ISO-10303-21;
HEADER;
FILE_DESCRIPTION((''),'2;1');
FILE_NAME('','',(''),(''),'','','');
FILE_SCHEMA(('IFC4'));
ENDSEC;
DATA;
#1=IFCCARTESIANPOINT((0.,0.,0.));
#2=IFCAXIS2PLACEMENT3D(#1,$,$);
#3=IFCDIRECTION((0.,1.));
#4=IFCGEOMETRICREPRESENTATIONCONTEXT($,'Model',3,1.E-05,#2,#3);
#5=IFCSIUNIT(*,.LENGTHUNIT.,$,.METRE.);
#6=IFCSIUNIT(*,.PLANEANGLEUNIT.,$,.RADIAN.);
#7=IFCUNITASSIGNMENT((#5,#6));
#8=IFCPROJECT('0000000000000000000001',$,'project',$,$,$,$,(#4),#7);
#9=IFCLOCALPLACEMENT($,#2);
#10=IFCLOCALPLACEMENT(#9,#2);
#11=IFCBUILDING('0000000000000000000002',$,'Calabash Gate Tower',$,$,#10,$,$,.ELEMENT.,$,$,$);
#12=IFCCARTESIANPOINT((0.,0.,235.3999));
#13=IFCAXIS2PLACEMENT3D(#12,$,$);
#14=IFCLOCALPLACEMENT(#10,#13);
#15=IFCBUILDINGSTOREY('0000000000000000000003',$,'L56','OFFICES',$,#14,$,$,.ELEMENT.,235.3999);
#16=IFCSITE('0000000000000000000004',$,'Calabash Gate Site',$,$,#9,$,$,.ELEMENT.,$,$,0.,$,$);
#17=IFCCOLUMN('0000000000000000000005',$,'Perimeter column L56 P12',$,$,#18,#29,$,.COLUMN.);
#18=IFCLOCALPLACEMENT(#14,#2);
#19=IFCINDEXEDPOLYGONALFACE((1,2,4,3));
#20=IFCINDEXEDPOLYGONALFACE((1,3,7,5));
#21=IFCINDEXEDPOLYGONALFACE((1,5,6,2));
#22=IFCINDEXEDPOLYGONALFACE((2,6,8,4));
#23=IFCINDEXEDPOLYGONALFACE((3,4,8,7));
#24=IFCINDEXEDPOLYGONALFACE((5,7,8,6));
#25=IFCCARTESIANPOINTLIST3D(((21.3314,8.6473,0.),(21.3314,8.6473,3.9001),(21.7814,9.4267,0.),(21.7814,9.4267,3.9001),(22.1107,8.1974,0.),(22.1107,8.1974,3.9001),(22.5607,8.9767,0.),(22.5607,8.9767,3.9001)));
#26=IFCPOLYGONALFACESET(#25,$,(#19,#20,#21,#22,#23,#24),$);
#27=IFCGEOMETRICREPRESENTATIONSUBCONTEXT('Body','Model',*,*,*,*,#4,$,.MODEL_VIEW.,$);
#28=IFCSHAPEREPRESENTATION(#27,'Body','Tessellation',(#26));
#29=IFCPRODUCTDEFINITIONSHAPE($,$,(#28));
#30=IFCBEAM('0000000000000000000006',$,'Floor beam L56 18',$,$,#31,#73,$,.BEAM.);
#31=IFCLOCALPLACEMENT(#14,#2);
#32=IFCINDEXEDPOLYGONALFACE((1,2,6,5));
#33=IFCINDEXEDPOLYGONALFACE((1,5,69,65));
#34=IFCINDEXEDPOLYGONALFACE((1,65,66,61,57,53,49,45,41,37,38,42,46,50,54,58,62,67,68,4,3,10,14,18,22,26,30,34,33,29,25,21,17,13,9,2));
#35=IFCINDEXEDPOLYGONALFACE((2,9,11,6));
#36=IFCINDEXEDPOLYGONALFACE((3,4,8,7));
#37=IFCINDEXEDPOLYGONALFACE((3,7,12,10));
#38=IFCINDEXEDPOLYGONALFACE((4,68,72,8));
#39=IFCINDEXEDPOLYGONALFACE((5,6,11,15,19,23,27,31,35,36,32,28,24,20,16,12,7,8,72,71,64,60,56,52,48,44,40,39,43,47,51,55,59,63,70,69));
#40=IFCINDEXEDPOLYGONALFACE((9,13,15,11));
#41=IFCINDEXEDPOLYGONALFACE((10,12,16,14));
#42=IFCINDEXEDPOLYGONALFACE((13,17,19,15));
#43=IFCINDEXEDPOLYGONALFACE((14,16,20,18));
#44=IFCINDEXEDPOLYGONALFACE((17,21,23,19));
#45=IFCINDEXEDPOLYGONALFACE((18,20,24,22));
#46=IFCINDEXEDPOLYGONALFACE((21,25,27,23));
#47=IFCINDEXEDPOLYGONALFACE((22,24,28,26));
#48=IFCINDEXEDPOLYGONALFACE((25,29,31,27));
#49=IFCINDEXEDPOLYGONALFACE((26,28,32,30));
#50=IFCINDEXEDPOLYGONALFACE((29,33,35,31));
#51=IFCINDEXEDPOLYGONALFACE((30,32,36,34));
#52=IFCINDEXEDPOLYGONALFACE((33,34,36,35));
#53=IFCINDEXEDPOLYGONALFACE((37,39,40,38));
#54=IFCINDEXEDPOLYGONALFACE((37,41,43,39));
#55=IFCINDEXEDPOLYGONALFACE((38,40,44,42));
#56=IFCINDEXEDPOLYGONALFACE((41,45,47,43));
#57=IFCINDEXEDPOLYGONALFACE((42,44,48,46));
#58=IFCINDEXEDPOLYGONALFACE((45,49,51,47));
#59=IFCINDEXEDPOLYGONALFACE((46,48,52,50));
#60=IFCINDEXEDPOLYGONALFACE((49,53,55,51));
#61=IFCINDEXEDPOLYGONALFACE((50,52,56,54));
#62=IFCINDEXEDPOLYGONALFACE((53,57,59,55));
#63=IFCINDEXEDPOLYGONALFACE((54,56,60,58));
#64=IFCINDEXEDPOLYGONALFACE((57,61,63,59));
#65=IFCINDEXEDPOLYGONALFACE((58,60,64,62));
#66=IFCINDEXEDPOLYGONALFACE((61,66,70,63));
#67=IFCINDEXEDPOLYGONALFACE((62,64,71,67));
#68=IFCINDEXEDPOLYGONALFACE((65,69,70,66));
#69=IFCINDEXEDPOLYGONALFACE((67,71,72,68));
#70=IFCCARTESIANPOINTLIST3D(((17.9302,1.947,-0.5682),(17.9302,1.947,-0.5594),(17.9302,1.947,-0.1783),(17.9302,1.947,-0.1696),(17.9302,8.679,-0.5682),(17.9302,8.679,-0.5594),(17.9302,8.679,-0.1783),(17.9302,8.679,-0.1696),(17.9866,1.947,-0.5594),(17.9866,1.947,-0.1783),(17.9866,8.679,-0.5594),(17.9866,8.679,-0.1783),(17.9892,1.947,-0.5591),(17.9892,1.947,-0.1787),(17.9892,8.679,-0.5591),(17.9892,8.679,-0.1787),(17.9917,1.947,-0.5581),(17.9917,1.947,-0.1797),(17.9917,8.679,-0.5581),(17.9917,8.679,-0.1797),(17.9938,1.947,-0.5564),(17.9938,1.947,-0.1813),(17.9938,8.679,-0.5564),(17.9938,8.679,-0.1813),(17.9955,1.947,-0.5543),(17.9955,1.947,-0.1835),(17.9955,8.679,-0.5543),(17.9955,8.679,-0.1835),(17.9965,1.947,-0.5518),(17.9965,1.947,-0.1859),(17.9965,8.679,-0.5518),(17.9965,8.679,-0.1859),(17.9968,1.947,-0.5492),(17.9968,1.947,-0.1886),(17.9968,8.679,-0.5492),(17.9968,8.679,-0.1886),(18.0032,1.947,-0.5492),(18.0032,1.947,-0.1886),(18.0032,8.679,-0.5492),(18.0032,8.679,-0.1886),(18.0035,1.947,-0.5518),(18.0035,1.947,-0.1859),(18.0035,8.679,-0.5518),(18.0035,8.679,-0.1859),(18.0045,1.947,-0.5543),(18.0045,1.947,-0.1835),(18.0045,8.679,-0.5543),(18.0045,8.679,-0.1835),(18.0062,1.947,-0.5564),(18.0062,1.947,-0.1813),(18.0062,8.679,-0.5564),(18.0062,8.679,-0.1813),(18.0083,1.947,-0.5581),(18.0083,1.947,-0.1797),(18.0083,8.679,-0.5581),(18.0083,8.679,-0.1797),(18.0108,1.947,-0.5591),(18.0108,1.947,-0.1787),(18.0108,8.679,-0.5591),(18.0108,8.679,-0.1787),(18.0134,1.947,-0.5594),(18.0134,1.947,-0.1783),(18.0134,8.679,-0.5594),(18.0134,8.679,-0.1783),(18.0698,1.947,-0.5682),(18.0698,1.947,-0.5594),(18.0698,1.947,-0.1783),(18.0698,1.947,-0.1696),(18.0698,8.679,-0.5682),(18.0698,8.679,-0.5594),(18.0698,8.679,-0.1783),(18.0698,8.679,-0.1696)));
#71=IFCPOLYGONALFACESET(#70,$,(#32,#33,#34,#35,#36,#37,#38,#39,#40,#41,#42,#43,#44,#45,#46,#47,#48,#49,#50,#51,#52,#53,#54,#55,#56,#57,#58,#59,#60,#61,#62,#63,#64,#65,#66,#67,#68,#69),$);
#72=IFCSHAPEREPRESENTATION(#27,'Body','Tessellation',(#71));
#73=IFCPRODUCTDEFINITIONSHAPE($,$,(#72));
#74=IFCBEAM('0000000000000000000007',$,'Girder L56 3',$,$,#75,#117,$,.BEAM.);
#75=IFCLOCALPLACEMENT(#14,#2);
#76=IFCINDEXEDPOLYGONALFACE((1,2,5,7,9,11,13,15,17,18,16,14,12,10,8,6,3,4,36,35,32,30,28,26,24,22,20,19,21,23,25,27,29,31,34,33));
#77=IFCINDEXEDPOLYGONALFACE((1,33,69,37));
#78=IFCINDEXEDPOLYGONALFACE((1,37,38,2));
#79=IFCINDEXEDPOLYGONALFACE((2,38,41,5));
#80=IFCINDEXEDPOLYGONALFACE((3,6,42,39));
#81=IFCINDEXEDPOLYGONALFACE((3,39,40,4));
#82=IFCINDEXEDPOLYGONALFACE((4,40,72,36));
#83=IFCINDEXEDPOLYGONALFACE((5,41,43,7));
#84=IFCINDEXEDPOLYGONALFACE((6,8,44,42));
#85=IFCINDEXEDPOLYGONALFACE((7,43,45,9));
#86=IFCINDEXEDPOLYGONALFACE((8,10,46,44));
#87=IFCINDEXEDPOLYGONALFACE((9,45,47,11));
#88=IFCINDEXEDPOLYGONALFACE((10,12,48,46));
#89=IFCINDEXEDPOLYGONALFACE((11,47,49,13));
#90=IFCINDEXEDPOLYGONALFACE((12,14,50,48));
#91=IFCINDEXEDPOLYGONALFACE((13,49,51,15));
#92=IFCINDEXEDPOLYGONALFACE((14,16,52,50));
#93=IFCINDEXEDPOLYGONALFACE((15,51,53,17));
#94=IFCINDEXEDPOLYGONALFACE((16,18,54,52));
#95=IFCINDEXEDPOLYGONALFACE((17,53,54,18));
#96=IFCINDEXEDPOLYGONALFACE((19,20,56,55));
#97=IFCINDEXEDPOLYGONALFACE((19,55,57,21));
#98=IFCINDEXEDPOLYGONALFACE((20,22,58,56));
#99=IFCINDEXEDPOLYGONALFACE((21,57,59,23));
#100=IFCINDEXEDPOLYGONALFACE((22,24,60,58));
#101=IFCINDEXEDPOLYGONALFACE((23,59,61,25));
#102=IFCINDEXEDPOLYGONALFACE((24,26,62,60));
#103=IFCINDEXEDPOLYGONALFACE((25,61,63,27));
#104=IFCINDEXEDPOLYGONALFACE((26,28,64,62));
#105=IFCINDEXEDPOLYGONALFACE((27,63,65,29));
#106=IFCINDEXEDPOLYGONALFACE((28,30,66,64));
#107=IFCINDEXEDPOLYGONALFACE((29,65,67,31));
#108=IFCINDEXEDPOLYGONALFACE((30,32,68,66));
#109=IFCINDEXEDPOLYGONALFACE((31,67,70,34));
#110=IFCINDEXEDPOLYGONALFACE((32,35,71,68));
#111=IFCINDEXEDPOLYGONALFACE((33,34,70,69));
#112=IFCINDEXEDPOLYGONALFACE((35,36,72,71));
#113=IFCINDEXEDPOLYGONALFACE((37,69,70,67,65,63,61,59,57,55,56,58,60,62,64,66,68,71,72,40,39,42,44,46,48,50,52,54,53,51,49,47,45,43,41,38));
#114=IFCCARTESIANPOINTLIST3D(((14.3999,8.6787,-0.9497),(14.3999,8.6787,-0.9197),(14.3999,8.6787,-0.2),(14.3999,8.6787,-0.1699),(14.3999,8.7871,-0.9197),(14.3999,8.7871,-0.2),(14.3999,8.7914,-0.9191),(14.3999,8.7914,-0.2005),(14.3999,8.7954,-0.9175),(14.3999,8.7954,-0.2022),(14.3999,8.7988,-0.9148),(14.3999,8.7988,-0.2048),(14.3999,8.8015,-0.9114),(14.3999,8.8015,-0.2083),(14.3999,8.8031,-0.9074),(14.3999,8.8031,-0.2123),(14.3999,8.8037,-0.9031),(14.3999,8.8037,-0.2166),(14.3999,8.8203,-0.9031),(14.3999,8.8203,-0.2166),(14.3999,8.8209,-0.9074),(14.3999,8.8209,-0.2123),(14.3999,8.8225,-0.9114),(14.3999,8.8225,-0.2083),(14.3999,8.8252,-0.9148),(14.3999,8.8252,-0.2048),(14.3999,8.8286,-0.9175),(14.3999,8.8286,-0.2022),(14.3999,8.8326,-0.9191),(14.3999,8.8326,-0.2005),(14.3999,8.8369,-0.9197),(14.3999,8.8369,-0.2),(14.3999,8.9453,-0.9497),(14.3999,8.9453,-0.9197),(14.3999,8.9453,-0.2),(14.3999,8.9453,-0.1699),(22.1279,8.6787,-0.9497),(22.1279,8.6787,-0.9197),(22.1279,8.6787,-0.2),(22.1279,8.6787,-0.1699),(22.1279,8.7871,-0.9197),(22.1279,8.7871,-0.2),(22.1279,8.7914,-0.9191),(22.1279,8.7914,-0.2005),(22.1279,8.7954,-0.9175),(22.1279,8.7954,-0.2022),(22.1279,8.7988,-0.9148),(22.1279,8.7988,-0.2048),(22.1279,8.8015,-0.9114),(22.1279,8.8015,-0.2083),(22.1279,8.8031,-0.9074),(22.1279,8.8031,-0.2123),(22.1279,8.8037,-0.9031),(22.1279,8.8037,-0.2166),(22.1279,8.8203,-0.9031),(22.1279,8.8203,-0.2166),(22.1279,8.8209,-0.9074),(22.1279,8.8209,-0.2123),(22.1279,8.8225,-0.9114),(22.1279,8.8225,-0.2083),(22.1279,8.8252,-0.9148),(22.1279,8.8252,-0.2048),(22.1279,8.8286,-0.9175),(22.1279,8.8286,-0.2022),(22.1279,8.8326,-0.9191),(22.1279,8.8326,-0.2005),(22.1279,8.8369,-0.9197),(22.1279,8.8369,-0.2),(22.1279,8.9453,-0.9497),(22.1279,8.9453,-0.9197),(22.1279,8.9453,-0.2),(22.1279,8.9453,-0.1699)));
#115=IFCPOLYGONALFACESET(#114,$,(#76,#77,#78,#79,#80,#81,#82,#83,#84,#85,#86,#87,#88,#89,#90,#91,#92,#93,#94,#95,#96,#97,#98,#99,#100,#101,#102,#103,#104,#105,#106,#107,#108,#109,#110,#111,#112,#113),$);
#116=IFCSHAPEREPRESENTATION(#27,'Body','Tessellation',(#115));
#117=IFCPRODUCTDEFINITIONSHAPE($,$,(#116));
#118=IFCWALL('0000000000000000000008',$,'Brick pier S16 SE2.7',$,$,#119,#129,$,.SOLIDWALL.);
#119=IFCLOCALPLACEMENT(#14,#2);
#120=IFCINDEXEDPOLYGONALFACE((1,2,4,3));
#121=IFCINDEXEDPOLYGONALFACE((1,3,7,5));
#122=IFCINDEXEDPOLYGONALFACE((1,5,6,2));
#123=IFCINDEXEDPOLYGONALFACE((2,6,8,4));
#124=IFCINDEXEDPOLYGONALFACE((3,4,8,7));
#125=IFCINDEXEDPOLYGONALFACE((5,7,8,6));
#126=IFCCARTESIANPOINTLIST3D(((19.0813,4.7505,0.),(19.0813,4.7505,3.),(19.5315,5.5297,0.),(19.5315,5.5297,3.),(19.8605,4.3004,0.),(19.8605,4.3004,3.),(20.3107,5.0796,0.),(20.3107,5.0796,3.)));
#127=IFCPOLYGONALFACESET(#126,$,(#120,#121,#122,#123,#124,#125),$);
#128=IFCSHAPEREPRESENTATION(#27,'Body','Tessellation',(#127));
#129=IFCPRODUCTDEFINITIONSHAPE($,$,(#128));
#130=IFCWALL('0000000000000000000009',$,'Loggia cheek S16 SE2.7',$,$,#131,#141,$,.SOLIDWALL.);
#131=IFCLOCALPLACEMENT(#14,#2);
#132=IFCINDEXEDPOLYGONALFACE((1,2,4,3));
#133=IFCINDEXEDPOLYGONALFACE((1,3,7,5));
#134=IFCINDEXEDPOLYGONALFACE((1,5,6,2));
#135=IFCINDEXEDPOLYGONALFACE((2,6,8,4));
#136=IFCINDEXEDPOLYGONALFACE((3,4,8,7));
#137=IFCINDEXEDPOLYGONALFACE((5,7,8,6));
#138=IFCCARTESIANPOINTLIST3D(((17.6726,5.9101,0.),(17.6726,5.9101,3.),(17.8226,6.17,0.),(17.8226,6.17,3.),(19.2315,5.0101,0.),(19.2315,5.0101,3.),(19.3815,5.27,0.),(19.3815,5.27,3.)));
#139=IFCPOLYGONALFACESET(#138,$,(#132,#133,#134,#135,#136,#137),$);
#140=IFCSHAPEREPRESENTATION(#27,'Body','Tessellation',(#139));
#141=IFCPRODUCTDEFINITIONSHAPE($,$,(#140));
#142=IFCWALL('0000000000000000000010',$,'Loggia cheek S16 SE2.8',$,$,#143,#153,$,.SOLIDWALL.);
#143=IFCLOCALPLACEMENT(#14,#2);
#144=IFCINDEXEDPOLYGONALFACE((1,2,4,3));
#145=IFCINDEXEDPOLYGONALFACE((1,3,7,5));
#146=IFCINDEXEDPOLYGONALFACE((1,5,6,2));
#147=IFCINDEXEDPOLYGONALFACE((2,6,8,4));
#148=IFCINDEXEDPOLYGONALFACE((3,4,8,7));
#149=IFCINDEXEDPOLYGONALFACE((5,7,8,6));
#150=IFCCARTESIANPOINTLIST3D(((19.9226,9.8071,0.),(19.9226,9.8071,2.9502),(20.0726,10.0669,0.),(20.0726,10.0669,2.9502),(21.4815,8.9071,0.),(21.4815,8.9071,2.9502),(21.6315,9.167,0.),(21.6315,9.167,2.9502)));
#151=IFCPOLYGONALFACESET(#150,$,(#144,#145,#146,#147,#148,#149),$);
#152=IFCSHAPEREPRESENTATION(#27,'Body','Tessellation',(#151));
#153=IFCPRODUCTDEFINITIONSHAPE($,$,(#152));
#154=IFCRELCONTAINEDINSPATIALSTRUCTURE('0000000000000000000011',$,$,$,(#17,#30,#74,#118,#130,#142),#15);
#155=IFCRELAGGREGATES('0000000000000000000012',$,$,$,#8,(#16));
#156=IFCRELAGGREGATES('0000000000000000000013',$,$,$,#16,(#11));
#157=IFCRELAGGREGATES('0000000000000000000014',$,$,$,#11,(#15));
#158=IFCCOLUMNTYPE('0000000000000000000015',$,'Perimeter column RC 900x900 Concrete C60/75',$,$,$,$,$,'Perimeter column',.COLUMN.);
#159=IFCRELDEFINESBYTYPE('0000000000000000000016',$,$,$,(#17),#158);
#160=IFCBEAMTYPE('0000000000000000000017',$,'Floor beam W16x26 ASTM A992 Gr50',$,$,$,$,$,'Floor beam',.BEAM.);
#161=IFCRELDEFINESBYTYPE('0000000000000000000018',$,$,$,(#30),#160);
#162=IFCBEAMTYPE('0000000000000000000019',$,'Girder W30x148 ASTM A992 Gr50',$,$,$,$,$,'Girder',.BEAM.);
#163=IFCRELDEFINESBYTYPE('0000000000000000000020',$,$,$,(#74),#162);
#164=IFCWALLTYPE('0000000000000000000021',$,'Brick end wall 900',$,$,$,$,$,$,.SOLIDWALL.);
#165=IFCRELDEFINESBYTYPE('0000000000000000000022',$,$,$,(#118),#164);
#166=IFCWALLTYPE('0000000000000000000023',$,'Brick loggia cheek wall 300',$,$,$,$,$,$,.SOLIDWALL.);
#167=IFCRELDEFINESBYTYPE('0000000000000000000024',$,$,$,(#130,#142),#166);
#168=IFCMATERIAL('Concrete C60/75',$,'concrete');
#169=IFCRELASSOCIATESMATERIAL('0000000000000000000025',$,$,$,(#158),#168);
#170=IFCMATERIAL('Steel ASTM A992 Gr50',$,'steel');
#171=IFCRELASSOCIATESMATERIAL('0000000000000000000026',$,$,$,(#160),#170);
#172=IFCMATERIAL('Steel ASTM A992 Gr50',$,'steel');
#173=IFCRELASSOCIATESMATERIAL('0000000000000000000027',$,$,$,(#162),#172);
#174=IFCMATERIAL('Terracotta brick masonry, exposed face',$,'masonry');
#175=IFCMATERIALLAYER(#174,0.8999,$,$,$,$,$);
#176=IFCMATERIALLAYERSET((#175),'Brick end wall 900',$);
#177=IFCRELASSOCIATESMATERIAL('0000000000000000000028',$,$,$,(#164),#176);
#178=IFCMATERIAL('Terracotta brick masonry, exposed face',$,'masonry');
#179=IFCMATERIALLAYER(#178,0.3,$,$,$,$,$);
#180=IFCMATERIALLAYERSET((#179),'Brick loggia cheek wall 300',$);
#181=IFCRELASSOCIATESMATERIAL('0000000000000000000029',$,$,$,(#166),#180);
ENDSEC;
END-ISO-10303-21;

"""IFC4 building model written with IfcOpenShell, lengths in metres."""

from ifc_helpers import new_model, si_unit, direction, frame, frame_2d, origin, origin_2d, place, context, subcontext, project, spatial, rectangle, i_section, extrude, material, layer, layer_set, material_profile, profile_set, type_object, element, save


model = new_model("IFC4")

# Units and contexts
model_context = context("Model", 3, precision=1e-05, world=origin(), true_north=direction((0.0, 1.0)))
body_context = subcontext(model_context, "Body", "Model", "MODEL_VIEW")
ifc_project = project(units=[si_unit("LENGTHUNIT", "METRE"), si_unit("PLANEANGLEUNIT", "RADIAN")], contexts=[model_context])

# Site, building, storey
site_placement = place(None, origin())
site = spatial("IfcSite", under=ifc_project, at=site_placement, Name="Calabash Gate Site", CompositionType="ELEMENT", RefElevation=0.0)
building_placement = place(site_placement, origin())
building = spatial("IfcBuilding", under=site, at=building_placement, Name="Calabash Gate Tower", CompositionType="ELEMENT")
storey_placement = place(building_placement, frame((0.0, 0.0, 235.3999)))
storey = spatial("IfcBuildingStorey", under=building, at=storey_placement, Name="L56", Description="OFFICES", CompositionType="ELEMENT", Elevation=235.3999)

# Column
ifc_material_1 = material(Name="Concrete C60/75", Category="concrete")
ifc_material_profile_1 = material_profile(ifc_material_1, rectangle(XDim=0.8999, YDim=0.8999, at=origin_2d()))
ifc_profile_set_1 = profile_set([ifc_material_profile_1], Name="Concrete C60/75")
column_type = type_object("IfcColumnType", Name="Perimeter column RC 900x900 Concrete C60/75", ElementType="Perimeter column", PredefinedType="COLUMN", material=ifc_profile_set_1)
column_placement = place(storey_placement, frame((21.946, 8.812, 0.0), z_axis=(0.0, 0.0, 1.0), x_axis=(0.5, 0.866025, 0.0)))
element("IfcColumn", 1, at=column_placement, inside=storey, type_object=column_type, Name="Perimeter column L56 P12", PredefinedType="COLUMN", context=body_context, shape_type="SweptSolid", body=[
    extrude(rectangle(XDim=0.8999, YDim=0.8999, at=origin_2d()), origin(), (0.0, 0.0, 1.0), 3.9001),
])

# Beams
ifc_material_2 = material(Name="Steel ASTM A992 Gr50", Category="steel")
ifc_material_profile_2 = material_profile(ifc_material_2, i_section(OverallWidth=0.1396, OverallDepth=0.3987, WebThickness=0.0063, FlangeThickness=0.0088, FilletRadius=0.0103, at=origin_2d()))
ifc_profile_set_2 = profile_set([ifc_material_profile_2], Name="Steel ASTM A992 Gr50")
beam_type_1 = type_object("IfcBeamType", Name="Floor beam W16x26 ASTM A992 Gr50", ElementType="Floor beam", PredefinedType="BEAM", material=ifc_profile_set_2)
beam_1_placement = place(storey_placement, frame((18.0, 1.947, -0.3689), z_axis=(0.0, 1.0, 0.0), x_axis=(-1.0, 0.0, 0.0)))
element("IfcBeam", 2, at=beam_1_placement, inside=storey, type_object=beam_type_1, Name="Floor beam L56 18", PredefinedType="BEAM", context=body_context, shape_type="SweptSolid", body=[
    extrude(i_section(OverallWidth=0.1396, OverallDepth=0.3987, WebThickness=0.0063, FlangeThickness=0.0088, FilletRadius=0.0103, at=origin_2d()), origin(), (0.0, 0.0, 1.0), 6.7319),
])
ifc_material_3 = material(Name="Steel ASTM A992 Gr50", Category="steel")
ifc_material_profile_3 = material_profile(ifc_material_3, i_section(OverallWidth=0.2666, OverallDepth=0.7798, WebThickness=0.0166, FlangeThickness=0.03, FilletRadius=0.0166, at=origin_2d()))
ifc_profile_set_3 = profile_set([ifc_material_profile_3], Name="Steel ASTM A992 Gr50")
beam_type_2 = type_object("IfcBeamType", Name="Girder W30x148 ASTM A992 Gr50", ElementType="Girder", PredefinedType="BEAM", material=ifc_profile_set_3)
beam_2_placement = place(storey_placement, frame((22.1279, 8.812, -0.5598), z_axis=(-1.0, 0.0, 0.0), x_axis=(0.0, -1.0, 0.0)))
element("IfcBeam", 3, at=beam_2_placement, inside=storey, type_object=beam_type_2, Name="Girder L56 3", PredefinedType="BEAM", context=body_context, shape_type="SweptSolid", body=[
    extrude(i_section(OverallWidth=0.2666, OverallDepth=0.7798, WebThickness=0.0166, FlangeThickness=0.03, FilletRadius=0.0166, at=origin_2d()), origin(), (0.0, 0.0, 1.0), 7.728),
])

# Walls
ifc_material_4 = material(Name="Terracotta brick masonry, exposed face", Category="masonry")
ifc_layer_1 = layer(ifc_material_4, 0.8999)
ifc_layer_set_1 = layer_set([ifc_layer_1], Name="Brick end wall 900")
wall_type_1 = type_object("IfcWallType", Name="Brick end wall 900", PredefinedType="SOLIDWALL", material=ifc_layer_set_1)
wall_1_placement = place(storey_placement, frame((19.3064, 5.1401, 0.0), z_axis=(0.0, 0.0, 1.0), x_axis=(0.865896, -0.500223, 0.0)))
element("IfcWall", 4, at=wall_1_placement, inside=storey, type_object=wall_type_1, Name="Brick pier S16 SE2.7", PredefinedType="SOLIDWALL", context=body_context, shape_type="SweptSolid", body=[
    extrude(rectangle(XDim=0.8999, YDim=0.8999, at=frame_2d((0.45, 0.0))), origin(), (0.0, 0.0, 1.0), 3.0),
])
ifc_material_5 = material(Name="Terracotta brick masonry, exposed face", Category="masonry")
ifc_layer_2 = layer(ifc_material_5, 0.3)
ifc_layer_set_2 = layer_set([ifc_layer_2], Name="Brick loggia cheek wall 300")
wall_type_2 = type_object("IfcWallType", Name="Brick loggia cheek wall 300", PredefinedType="SOLIDWALL", material=ifc_layer_set_2)
wall_2_placement = place(storey_placement, frame((19.3064, 5.1401, 0.0), z_axis=(0.0, 0.0, 1.0), x_axis=(-0.866048, 0.499961, 0.0)))
element("IfcWall", 5, at=wall_2_placement, inside=storey, type_object=wall_type_2, Name="Loggia cheek S16 SE2.7", PredefinedType="SOLIDWALL", context=body_context, shape_type="SweptSolid", body=[
    extrude(rectangle(XDim=1.8, YDim=0.3, at=frame_2d((0.8999, 0.0))), origin(), (0.0, 0.0, 1.0), 3.0),
])
wall_3_placement = place(storey_placement, frame((21.5564, 9.0371, 0.0), z_axis=(0.0, 0.0, 1.0), x_axis=(-0.866048, 0.499961, 0.0)))
element("IfcWall", 6, at=wall_3_placement, inside=storey, type_object=wall_type_2, Name="Loggia cheek S16 SE2.8", PredefinedType="SOLIDWALL", context=body_context, shape_type="SweptSolid", body=[
    extrude(rectangle(XDim=1.8, YDim=0.3, at=frame_2d((0.8999, 0.0))), origin(), (0.0, 0.0, 1.0), 2.9502),
])

save(model, "model.ifc")
